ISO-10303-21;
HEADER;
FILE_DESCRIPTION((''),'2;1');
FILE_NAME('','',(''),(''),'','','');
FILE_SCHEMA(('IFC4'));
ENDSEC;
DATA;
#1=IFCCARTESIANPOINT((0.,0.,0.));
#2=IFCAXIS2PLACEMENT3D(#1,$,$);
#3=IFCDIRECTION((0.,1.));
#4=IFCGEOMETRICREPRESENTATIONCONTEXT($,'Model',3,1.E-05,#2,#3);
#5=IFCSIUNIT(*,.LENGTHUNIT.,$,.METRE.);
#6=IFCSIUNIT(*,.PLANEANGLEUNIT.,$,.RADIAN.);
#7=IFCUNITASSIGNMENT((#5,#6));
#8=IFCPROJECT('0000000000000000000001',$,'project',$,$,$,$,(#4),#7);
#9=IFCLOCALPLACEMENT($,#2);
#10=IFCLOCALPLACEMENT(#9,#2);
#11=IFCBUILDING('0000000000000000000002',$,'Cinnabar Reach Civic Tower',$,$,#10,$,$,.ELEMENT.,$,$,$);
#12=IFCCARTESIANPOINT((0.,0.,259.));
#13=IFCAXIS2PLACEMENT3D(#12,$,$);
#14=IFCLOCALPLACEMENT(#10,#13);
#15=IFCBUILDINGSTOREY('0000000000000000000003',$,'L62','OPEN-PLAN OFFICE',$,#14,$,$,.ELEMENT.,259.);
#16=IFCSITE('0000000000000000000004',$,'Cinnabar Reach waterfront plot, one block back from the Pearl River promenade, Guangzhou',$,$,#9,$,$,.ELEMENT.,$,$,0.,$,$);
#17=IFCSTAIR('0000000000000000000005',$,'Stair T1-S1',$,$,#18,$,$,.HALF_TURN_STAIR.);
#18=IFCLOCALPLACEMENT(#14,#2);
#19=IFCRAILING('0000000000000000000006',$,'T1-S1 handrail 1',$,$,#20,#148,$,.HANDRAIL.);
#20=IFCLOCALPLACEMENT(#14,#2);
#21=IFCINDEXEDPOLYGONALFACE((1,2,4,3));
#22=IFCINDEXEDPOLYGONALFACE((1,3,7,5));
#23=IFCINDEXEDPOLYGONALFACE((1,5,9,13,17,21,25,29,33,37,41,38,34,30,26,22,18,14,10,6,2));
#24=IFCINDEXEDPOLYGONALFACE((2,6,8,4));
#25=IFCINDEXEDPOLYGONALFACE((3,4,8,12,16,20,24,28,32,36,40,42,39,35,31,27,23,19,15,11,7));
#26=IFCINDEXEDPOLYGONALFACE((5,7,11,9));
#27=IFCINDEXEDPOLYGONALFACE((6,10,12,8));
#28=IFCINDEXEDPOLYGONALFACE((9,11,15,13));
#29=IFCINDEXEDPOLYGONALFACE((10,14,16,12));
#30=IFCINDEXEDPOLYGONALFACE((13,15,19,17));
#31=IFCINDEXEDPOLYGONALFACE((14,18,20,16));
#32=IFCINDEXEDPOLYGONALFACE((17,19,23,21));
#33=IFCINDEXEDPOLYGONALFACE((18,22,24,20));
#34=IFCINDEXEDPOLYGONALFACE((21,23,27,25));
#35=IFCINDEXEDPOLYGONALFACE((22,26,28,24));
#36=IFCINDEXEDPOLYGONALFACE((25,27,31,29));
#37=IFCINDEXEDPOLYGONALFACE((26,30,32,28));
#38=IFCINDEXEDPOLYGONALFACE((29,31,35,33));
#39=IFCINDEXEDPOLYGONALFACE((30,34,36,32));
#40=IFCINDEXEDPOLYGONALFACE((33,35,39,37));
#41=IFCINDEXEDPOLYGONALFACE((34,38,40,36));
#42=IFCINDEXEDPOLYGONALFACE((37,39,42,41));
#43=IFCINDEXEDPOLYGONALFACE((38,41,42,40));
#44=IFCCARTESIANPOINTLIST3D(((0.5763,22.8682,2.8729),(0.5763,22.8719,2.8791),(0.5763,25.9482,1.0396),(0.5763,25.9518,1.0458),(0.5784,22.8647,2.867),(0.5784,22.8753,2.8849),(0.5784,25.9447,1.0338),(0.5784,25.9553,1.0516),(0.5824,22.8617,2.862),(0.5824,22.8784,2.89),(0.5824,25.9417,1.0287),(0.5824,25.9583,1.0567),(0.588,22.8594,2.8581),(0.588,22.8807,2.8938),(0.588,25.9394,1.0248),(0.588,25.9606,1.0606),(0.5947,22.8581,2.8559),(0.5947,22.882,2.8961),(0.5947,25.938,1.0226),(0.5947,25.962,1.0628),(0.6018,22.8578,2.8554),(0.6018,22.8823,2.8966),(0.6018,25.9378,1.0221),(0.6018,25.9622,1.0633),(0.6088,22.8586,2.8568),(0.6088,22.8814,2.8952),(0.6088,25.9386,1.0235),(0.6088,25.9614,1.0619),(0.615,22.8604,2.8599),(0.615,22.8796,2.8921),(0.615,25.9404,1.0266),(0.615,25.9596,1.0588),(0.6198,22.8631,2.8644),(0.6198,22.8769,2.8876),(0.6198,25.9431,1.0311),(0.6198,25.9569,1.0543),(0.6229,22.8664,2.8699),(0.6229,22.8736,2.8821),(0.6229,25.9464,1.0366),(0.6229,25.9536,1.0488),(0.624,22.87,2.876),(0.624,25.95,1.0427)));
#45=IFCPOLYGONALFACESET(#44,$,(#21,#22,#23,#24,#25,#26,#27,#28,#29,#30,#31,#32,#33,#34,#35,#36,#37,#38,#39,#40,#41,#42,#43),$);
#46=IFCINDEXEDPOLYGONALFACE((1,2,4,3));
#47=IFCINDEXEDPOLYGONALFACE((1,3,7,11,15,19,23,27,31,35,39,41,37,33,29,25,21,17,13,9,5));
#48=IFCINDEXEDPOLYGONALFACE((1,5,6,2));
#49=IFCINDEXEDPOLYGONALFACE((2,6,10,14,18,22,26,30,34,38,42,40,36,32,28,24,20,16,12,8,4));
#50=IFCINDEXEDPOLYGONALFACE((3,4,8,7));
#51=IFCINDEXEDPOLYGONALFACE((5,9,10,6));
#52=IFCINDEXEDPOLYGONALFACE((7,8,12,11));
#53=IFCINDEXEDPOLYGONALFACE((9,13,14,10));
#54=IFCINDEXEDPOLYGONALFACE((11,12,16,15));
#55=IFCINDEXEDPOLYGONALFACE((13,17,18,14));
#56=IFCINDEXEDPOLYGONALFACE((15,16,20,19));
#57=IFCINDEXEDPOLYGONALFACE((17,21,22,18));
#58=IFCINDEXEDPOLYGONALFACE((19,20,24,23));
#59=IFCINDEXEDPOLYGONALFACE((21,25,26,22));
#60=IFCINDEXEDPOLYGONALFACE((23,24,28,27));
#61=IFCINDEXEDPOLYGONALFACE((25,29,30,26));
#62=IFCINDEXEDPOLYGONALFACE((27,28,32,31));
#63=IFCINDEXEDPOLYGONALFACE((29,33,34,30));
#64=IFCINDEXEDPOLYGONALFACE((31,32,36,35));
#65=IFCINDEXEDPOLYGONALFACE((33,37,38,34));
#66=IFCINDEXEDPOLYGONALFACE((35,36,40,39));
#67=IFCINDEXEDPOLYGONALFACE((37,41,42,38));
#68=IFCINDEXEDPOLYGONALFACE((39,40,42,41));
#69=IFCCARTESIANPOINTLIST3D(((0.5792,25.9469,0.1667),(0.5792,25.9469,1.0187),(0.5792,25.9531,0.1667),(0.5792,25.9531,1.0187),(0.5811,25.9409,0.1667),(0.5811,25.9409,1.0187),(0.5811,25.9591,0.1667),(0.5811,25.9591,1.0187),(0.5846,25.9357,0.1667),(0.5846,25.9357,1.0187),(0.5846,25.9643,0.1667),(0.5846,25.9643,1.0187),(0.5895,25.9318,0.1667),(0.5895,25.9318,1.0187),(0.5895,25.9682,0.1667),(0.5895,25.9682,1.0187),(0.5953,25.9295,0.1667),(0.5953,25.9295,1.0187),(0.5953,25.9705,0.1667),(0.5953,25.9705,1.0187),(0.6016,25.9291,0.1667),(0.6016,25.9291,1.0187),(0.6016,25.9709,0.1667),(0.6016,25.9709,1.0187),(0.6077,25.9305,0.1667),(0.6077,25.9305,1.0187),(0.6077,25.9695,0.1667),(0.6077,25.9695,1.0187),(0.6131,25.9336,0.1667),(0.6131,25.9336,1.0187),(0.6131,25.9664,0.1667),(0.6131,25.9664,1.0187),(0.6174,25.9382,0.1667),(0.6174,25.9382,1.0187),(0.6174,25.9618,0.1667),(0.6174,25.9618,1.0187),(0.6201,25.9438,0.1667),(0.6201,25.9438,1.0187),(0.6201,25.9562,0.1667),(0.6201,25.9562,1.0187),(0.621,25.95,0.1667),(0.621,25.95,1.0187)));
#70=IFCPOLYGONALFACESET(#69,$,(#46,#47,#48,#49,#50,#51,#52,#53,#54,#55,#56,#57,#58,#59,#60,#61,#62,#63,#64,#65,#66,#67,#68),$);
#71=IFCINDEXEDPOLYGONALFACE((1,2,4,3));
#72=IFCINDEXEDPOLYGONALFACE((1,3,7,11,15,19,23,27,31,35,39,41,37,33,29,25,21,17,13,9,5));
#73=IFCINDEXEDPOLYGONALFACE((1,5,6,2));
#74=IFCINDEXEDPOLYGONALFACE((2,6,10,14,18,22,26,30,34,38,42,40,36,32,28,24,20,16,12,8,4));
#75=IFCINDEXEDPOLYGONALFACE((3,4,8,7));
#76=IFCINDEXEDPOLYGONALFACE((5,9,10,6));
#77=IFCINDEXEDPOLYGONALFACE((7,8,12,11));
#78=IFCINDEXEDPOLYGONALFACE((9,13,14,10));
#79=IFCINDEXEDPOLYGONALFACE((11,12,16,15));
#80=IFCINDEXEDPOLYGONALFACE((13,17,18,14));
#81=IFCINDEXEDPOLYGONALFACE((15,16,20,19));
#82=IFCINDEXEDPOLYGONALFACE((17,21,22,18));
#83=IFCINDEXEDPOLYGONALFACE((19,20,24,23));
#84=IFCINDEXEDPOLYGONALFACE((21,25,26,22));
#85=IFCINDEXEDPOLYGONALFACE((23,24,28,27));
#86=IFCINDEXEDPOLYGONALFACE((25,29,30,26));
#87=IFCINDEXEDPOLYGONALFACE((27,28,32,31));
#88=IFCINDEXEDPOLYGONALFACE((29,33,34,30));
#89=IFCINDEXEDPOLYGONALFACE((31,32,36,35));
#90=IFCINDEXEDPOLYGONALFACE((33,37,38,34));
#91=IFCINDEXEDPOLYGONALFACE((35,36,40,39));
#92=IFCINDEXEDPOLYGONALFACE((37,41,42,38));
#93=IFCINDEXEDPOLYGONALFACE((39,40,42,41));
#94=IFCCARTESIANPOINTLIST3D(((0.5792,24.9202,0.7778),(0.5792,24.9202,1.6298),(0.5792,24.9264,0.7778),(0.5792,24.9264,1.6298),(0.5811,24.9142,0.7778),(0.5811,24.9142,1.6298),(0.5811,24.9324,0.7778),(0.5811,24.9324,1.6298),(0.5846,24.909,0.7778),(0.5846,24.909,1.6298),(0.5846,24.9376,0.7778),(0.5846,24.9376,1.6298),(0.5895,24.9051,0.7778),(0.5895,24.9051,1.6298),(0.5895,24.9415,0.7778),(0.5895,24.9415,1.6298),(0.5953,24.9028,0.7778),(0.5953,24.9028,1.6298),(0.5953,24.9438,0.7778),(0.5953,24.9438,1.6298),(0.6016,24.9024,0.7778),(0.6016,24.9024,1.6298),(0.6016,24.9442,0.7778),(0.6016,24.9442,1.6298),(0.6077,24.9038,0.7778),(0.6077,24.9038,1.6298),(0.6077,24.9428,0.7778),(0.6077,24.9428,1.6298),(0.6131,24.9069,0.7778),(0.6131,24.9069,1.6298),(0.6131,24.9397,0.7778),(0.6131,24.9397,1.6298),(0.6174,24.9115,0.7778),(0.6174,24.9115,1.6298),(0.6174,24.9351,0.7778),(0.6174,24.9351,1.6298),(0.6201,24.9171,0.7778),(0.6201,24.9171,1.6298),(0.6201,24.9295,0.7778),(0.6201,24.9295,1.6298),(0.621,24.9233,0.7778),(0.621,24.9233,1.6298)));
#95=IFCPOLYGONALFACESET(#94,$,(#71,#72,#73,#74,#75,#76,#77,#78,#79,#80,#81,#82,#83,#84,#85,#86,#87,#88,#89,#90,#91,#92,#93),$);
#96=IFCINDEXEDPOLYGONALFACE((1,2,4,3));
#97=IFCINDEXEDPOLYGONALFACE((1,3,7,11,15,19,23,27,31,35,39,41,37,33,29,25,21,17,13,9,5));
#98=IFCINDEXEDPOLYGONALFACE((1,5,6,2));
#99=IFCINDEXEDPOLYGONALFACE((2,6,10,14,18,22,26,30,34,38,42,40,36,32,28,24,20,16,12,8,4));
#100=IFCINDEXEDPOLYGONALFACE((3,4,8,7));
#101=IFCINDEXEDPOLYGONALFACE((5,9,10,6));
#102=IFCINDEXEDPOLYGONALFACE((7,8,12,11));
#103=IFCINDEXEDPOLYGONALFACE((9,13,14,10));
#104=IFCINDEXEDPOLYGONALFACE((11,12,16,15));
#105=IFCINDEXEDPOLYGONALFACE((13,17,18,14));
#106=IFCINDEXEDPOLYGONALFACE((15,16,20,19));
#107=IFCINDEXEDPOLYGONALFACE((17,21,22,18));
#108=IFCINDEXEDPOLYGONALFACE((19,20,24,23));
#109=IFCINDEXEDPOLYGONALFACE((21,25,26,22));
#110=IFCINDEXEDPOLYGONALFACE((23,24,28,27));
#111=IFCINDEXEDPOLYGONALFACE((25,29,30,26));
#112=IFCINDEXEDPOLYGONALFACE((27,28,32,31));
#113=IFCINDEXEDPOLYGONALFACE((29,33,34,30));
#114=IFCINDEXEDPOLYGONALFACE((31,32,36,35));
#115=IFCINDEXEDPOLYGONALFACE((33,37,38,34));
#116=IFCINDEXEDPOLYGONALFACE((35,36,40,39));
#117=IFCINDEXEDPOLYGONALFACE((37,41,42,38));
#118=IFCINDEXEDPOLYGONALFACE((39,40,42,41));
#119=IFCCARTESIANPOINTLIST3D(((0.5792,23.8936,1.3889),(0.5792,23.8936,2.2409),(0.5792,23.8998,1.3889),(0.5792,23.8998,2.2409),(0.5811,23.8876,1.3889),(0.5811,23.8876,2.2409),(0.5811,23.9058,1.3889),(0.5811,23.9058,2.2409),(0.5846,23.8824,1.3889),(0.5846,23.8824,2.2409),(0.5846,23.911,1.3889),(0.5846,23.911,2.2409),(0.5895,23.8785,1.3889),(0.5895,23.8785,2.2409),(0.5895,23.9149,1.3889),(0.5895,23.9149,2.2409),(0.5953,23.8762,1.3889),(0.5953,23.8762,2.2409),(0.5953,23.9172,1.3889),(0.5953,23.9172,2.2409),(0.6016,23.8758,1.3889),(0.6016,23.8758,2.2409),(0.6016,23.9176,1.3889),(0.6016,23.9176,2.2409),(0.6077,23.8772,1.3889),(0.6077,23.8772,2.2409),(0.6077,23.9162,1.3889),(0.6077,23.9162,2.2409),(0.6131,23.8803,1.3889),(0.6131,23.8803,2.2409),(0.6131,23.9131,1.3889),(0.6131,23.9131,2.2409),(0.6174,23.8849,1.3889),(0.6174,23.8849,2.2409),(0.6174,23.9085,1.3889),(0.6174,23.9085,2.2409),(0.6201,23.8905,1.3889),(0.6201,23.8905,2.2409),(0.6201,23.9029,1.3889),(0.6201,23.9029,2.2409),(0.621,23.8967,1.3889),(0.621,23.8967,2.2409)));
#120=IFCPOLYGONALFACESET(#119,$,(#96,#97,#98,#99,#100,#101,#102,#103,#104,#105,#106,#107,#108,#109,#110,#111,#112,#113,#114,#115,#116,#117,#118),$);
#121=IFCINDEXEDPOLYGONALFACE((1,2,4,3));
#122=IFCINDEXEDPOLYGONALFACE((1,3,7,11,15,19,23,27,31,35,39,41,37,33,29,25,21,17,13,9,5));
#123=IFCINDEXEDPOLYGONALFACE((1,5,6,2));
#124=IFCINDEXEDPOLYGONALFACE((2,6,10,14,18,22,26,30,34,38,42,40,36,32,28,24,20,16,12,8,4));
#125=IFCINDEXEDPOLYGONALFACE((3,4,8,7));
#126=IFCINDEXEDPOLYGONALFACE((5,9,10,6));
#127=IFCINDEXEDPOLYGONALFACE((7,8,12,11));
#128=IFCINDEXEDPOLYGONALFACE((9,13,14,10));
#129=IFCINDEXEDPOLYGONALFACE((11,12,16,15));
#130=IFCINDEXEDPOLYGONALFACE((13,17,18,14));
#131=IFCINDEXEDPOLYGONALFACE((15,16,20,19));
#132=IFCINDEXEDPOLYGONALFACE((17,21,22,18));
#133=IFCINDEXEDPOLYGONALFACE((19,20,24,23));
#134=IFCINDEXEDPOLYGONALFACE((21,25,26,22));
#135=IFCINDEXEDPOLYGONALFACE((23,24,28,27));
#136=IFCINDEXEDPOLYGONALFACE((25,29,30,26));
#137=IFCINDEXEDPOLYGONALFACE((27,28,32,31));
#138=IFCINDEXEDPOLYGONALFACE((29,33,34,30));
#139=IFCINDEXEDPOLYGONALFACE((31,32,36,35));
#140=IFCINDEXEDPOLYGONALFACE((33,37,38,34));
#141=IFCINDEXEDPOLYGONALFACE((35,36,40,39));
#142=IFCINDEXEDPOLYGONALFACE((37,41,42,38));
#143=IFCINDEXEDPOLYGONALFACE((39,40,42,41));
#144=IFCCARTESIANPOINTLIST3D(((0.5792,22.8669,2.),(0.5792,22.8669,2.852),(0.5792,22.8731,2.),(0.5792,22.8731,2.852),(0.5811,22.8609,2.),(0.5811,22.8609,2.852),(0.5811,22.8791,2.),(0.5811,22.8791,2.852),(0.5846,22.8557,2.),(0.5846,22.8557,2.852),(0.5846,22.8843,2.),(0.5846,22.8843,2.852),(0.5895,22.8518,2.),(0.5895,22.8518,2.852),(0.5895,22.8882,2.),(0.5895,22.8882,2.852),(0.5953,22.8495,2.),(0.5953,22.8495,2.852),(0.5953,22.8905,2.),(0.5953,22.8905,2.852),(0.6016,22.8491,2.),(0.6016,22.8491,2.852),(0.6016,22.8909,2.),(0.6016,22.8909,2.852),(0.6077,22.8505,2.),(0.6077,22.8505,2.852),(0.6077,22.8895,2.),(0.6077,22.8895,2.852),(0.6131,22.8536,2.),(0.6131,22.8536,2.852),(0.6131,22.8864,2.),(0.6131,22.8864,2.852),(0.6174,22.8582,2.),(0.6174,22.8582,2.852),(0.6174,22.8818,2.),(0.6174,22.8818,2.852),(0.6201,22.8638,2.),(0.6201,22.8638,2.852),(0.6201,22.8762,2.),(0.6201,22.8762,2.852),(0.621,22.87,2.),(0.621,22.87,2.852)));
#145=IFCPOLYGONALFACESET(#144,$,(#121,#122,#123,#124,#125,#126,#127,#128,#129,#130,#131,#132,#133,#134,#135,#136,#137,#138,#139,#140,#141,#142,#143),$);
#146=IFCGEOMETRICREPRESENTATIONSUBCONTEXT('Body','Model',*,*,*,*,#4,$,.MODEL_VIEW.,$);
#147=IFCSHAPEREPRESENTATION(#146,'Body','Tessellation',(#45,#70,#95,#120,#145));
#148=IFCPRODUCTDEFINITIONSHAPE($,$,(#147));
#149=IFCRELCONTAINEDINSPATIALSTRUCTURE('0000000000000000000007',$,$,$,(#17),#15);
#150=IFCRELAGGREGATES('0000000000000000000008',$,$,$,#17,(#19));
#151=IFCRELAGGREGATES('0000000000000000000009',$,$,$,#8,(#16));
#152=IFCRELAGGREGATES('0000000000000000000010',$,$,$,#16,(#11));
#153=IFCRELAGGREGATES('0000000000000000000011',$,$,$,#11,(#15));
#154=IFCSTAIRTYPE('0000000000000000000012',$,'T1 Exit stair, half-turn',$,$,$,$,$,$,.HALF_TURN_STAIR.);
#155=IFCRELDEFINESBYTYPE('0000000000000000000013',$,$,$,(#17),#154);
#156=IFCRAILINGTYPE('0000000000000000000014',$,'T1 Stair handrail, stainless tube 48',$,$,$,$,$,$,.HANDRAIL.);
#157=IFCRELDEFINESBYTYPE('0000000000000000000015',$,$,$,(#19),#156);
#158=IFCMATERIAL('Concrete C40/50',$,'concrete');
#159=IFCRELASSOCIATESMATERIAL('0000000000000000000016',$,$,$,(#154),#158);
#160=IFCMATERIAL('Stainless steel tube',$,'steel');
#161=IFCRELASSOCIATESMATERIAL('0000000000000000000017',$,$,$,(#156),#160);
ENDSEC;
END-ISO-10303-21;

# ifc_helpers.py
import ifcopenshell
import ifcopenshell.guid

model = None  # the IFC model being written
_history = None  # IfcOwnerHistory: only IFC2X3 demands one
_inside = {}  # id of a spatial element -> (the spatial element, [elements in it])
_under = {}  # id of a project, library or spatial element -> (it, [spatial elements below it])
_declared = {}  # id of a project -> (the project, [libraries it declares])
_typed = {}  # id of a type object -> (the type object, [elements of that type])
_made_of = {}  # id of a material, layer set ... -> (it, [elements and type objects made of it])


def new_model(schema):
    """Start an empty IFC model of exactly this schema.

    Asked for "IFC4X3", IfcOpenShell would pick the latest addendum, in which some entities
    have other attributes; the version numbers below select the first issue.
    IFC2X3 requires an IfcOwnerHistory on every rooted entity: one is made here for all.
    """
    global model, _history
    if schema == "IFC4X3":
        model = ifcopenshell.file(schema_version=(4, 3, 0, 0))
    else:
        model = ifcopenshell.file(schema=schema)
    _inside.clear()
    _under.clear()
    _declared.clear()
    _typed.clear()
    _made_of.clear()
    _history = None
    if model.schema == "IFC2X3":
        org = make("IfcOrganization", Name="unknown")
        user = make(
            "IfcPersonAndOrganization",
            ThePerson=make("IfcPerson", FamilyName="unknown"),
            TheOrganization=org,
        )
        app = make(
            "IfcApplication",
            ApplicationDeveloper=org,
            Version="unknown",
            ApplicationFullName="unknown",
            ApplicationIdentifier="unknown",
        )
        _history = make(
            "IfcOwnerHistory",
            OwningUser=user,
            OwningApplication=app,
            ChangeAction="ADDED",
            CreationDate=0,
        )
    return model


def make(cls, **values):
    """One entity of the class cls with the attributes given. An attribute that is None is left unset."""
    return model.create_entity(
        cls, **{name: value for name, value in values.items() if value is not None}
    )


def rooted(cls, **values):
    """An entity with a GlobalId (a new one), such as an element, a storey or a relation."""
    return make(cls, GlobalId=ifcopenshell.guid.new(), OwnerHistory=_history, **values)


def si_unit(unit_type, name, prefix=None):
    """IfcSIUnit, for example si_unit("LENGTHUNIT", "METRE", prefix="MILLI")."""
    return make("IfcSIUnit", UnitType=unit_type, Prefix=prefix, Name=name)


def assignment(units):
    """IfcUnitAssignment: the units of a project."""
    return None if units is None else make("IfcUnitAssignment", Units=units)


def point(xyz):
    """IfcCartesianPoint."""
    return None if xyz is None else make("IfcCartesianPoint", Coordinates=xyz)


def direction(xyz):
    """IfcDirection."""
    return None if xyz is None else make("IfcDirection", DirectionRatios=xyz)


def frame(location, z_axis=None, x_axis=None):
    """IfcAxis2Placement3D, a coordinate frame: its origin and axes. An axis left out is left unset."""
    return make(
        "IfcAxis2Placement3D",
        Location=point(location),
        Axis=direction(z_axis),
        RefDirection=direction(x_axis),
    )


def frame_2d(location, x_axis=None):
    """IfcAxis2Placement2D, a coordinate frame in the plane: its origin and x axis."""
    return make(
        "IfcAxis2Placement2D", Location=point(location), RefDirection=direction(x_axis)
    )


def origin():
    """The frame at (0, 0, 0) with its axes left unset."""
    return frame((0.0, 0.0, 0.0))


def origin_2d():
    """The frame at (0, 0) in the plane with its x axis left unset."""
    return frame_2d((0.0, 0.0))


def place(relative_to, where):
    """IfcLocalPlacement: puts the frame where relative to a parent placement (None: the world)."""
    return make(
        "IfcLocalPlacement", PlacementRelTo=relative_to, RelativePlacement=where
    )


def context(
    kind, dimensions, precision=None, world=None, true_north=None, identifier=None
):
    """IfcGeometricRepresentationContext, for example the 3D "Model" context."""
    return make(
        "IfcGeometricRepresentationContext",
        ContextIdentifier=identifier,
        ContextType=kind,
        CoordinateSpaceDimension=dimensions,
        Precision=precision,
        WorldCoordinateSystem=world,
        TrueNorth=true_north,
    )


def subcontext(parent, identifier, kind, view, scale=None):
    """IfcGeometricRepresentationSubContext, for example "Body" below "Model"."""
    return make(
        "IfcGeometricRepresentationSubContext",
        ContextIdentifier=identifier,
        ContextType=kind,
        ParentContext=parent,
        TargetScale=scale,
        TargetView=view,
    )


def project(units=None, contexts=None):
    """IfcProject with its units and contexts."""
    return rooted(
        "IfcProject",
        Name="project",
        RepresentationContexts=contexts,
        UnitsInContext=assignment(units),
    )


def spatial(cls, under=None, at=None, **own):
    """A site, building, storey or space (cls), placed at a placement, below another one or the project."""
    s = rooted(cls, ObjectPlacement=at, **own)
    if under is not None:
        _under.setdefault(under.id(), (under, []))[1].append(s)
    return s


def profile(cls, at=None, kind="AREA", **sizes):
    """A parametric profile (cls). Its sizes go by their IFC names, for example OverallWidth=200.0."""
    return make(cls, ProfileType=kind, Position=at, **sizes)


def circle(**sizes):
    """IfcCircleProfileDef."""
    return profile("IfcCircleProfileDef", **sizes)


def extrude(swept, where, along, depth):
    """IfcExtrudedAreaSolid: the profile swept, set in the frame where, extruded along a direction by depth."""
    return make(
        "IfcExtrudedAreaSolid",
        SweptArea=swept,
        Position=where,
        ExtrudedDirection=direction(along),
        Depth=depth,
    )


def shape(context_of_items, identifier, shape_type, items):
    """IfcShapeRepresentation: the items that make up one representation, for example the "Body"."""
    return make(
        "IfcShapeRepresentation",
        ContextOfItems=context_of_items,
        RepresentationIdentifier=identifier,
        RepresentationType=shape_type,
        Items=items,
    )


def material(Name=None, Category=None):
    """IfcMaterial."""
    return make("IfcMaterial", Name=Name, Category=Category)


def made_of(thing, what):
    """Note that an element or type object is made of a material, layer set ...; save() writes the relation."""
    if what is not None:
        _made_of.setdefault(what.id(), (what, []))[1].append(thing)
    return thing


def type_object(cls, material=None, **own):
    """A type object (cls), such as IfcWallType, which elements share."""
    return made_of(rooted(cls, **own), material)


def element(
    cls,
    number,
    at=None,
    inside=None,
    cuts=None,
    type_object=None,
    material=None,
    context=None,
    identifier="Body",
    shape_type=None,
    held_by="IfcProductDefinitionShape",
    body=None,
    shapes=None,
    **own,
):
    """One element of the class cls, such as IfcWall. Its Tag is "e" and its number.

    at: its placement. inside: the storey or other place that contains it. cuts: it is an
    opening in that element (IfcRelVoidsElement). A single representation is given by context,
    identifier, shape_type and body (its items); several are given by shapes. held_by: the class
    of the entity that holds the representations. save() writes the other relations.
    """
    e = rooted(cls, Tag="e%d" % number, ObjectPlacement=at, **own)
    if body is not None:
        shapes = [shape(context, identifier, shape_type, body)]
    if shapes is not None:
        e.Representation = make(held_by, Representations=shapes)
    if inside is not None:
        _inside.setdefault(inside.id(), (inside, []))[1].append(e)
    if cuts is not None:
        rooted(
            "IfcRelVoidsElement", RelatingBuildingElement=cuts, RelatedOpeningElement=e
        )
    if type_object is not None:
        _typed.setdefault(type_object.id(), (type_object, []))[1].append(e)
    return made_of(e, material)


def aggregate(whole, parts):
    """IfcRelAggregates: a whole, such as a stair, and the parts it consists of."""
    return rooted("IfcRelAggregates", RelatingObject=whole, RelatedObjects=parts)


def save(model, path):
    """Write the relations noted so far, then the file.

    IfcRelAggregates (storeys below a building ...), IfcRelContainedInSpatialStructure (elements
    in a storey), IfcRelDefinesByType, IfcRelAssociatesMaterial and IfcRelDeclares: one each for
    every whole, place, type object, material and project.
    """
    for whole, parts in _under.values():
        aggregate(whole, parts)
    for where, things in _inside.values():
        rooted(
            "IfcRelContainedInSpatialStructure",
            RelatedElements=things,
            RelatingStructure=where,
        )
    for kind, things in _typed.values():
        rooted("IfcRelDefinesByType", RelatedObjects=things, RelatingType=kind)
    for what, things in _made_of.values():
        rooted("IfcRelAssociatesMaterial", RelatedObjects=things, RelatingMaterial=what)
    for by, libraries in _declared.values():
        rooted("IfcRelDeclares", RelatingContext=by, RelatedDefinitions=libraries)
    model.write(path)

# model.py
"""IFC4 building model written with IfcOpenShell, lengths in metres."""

from ifc_helpers import new_model, si_unit, direction, frame, origin, origin_2d, place, context, subcontext, project, spatial, circle, extrude, material, type_object, element, aggregate, save


model = new_model("IFC4")

# Units and contexts
model_context = context("Model", 3, precision=1e-05, world=origin(), true_north=direction((0.0, 1.0)))
body_context = subcontext(model_context, "Body", "Model", "MODEL_VIEW")
ifc_project = project(units=[si_unit("LENGTHUNIT", "METRE"), si_unit("PLANEANGLEUNIT", "RADIAN")], contexts=[model_context])

# Site, building, storey
site_placement = place(None, origin())
site = spatial("IfcSite", under=ifc_project, at=site_placement, Name="Cinnabar Reach waterfront plot, one block back from the Pearl River promenade, Guangzhou", CompositionType="ELEMENT", RefElevation=0.0)
building_placement = place(site_placement, origin())
building = spatial("IfcBuilding", under=site, at=building_placement, Name="Cinnabar Reach Civic Tower", CompositionType="ELEMENT")
storey_placement = place(building_placement, frame((0.0, 0.0, 259.0)))
storey = spatial("IfcBuildingStorey", under=building, at=storey_placement, Name="L62", Description="OPEN-PLAN OFFICE", CompositionType="ELEMENT", Elevation=259.0)

# Shared definitions
ifc_material_1 = material(Name="Concrete C40/50", Category="concrete")

# Stair, railing
stair_type = type_object("IfcStairType", Name="T1 Exit stair, half-turn", PredefinedType="HALF_TURN_STAIR", material=ifc_material_1)
stair_placement = place(storey_placement, origin())
stair = element("IfcStair", 1, at=stair_placement, inside=storey, type_object=stair_type, Name="Stair T1-S1", PredefinedType="HALF_TURN_STAIR")
ifc_material_2 = material(Name="Stainless steel tube", Category="steel")
railing_type = type_object("IfcRailingType", Name="T1 Stair handrail, stainless tube 48", PredefinedType="HANDRAIL", material=ifc_material_2)
railing_1_placement = place(storey_placement, frame((0.6, 25.95, 0.1667)))
railing_1 = element("IfcRailing", 2, at=railing_1_placement, type_object=railing_type, Name="T1-S1 handrail 1", PredefinedType="HANDRAIL", context=body_context, shape_type="SweptSolid", body=[
    extrude(circle(Radius=0.024, at=origin_2d()), frame((0.0, 0.0, 0.876), z_axis=(0.0, -0.859297, 0.511477), x_axis=(1.0, 0.0, 0.0)), (0.0, 0.0, 1.0), 3.5843),
    extrude(circle(Radius=0.021, at=origin_2d()), origin(), (0.0, 0.0, 1.0), 0.852),
    extrude(circle(Radius=0.021, at=origin_2d()), frame((0.0, -1.0267, 0.6111)), (0.0, 0.0, 1.0), 0.852),
    extrude(circle(Radius=0.021, at=origin_2d()), frame((0.0, -2.0533, 1.2222)), (0.0, 0.0, 1.0), 0.852),
    extrude(circle(Radius=0.021, at=origin_2d()), frame((0.0, -3.08, 1.8333)), (0.0, 0.0, 1.0), 0.852),
])
aggregate(stair, [railing_1])

save(model, "model.ifc")
